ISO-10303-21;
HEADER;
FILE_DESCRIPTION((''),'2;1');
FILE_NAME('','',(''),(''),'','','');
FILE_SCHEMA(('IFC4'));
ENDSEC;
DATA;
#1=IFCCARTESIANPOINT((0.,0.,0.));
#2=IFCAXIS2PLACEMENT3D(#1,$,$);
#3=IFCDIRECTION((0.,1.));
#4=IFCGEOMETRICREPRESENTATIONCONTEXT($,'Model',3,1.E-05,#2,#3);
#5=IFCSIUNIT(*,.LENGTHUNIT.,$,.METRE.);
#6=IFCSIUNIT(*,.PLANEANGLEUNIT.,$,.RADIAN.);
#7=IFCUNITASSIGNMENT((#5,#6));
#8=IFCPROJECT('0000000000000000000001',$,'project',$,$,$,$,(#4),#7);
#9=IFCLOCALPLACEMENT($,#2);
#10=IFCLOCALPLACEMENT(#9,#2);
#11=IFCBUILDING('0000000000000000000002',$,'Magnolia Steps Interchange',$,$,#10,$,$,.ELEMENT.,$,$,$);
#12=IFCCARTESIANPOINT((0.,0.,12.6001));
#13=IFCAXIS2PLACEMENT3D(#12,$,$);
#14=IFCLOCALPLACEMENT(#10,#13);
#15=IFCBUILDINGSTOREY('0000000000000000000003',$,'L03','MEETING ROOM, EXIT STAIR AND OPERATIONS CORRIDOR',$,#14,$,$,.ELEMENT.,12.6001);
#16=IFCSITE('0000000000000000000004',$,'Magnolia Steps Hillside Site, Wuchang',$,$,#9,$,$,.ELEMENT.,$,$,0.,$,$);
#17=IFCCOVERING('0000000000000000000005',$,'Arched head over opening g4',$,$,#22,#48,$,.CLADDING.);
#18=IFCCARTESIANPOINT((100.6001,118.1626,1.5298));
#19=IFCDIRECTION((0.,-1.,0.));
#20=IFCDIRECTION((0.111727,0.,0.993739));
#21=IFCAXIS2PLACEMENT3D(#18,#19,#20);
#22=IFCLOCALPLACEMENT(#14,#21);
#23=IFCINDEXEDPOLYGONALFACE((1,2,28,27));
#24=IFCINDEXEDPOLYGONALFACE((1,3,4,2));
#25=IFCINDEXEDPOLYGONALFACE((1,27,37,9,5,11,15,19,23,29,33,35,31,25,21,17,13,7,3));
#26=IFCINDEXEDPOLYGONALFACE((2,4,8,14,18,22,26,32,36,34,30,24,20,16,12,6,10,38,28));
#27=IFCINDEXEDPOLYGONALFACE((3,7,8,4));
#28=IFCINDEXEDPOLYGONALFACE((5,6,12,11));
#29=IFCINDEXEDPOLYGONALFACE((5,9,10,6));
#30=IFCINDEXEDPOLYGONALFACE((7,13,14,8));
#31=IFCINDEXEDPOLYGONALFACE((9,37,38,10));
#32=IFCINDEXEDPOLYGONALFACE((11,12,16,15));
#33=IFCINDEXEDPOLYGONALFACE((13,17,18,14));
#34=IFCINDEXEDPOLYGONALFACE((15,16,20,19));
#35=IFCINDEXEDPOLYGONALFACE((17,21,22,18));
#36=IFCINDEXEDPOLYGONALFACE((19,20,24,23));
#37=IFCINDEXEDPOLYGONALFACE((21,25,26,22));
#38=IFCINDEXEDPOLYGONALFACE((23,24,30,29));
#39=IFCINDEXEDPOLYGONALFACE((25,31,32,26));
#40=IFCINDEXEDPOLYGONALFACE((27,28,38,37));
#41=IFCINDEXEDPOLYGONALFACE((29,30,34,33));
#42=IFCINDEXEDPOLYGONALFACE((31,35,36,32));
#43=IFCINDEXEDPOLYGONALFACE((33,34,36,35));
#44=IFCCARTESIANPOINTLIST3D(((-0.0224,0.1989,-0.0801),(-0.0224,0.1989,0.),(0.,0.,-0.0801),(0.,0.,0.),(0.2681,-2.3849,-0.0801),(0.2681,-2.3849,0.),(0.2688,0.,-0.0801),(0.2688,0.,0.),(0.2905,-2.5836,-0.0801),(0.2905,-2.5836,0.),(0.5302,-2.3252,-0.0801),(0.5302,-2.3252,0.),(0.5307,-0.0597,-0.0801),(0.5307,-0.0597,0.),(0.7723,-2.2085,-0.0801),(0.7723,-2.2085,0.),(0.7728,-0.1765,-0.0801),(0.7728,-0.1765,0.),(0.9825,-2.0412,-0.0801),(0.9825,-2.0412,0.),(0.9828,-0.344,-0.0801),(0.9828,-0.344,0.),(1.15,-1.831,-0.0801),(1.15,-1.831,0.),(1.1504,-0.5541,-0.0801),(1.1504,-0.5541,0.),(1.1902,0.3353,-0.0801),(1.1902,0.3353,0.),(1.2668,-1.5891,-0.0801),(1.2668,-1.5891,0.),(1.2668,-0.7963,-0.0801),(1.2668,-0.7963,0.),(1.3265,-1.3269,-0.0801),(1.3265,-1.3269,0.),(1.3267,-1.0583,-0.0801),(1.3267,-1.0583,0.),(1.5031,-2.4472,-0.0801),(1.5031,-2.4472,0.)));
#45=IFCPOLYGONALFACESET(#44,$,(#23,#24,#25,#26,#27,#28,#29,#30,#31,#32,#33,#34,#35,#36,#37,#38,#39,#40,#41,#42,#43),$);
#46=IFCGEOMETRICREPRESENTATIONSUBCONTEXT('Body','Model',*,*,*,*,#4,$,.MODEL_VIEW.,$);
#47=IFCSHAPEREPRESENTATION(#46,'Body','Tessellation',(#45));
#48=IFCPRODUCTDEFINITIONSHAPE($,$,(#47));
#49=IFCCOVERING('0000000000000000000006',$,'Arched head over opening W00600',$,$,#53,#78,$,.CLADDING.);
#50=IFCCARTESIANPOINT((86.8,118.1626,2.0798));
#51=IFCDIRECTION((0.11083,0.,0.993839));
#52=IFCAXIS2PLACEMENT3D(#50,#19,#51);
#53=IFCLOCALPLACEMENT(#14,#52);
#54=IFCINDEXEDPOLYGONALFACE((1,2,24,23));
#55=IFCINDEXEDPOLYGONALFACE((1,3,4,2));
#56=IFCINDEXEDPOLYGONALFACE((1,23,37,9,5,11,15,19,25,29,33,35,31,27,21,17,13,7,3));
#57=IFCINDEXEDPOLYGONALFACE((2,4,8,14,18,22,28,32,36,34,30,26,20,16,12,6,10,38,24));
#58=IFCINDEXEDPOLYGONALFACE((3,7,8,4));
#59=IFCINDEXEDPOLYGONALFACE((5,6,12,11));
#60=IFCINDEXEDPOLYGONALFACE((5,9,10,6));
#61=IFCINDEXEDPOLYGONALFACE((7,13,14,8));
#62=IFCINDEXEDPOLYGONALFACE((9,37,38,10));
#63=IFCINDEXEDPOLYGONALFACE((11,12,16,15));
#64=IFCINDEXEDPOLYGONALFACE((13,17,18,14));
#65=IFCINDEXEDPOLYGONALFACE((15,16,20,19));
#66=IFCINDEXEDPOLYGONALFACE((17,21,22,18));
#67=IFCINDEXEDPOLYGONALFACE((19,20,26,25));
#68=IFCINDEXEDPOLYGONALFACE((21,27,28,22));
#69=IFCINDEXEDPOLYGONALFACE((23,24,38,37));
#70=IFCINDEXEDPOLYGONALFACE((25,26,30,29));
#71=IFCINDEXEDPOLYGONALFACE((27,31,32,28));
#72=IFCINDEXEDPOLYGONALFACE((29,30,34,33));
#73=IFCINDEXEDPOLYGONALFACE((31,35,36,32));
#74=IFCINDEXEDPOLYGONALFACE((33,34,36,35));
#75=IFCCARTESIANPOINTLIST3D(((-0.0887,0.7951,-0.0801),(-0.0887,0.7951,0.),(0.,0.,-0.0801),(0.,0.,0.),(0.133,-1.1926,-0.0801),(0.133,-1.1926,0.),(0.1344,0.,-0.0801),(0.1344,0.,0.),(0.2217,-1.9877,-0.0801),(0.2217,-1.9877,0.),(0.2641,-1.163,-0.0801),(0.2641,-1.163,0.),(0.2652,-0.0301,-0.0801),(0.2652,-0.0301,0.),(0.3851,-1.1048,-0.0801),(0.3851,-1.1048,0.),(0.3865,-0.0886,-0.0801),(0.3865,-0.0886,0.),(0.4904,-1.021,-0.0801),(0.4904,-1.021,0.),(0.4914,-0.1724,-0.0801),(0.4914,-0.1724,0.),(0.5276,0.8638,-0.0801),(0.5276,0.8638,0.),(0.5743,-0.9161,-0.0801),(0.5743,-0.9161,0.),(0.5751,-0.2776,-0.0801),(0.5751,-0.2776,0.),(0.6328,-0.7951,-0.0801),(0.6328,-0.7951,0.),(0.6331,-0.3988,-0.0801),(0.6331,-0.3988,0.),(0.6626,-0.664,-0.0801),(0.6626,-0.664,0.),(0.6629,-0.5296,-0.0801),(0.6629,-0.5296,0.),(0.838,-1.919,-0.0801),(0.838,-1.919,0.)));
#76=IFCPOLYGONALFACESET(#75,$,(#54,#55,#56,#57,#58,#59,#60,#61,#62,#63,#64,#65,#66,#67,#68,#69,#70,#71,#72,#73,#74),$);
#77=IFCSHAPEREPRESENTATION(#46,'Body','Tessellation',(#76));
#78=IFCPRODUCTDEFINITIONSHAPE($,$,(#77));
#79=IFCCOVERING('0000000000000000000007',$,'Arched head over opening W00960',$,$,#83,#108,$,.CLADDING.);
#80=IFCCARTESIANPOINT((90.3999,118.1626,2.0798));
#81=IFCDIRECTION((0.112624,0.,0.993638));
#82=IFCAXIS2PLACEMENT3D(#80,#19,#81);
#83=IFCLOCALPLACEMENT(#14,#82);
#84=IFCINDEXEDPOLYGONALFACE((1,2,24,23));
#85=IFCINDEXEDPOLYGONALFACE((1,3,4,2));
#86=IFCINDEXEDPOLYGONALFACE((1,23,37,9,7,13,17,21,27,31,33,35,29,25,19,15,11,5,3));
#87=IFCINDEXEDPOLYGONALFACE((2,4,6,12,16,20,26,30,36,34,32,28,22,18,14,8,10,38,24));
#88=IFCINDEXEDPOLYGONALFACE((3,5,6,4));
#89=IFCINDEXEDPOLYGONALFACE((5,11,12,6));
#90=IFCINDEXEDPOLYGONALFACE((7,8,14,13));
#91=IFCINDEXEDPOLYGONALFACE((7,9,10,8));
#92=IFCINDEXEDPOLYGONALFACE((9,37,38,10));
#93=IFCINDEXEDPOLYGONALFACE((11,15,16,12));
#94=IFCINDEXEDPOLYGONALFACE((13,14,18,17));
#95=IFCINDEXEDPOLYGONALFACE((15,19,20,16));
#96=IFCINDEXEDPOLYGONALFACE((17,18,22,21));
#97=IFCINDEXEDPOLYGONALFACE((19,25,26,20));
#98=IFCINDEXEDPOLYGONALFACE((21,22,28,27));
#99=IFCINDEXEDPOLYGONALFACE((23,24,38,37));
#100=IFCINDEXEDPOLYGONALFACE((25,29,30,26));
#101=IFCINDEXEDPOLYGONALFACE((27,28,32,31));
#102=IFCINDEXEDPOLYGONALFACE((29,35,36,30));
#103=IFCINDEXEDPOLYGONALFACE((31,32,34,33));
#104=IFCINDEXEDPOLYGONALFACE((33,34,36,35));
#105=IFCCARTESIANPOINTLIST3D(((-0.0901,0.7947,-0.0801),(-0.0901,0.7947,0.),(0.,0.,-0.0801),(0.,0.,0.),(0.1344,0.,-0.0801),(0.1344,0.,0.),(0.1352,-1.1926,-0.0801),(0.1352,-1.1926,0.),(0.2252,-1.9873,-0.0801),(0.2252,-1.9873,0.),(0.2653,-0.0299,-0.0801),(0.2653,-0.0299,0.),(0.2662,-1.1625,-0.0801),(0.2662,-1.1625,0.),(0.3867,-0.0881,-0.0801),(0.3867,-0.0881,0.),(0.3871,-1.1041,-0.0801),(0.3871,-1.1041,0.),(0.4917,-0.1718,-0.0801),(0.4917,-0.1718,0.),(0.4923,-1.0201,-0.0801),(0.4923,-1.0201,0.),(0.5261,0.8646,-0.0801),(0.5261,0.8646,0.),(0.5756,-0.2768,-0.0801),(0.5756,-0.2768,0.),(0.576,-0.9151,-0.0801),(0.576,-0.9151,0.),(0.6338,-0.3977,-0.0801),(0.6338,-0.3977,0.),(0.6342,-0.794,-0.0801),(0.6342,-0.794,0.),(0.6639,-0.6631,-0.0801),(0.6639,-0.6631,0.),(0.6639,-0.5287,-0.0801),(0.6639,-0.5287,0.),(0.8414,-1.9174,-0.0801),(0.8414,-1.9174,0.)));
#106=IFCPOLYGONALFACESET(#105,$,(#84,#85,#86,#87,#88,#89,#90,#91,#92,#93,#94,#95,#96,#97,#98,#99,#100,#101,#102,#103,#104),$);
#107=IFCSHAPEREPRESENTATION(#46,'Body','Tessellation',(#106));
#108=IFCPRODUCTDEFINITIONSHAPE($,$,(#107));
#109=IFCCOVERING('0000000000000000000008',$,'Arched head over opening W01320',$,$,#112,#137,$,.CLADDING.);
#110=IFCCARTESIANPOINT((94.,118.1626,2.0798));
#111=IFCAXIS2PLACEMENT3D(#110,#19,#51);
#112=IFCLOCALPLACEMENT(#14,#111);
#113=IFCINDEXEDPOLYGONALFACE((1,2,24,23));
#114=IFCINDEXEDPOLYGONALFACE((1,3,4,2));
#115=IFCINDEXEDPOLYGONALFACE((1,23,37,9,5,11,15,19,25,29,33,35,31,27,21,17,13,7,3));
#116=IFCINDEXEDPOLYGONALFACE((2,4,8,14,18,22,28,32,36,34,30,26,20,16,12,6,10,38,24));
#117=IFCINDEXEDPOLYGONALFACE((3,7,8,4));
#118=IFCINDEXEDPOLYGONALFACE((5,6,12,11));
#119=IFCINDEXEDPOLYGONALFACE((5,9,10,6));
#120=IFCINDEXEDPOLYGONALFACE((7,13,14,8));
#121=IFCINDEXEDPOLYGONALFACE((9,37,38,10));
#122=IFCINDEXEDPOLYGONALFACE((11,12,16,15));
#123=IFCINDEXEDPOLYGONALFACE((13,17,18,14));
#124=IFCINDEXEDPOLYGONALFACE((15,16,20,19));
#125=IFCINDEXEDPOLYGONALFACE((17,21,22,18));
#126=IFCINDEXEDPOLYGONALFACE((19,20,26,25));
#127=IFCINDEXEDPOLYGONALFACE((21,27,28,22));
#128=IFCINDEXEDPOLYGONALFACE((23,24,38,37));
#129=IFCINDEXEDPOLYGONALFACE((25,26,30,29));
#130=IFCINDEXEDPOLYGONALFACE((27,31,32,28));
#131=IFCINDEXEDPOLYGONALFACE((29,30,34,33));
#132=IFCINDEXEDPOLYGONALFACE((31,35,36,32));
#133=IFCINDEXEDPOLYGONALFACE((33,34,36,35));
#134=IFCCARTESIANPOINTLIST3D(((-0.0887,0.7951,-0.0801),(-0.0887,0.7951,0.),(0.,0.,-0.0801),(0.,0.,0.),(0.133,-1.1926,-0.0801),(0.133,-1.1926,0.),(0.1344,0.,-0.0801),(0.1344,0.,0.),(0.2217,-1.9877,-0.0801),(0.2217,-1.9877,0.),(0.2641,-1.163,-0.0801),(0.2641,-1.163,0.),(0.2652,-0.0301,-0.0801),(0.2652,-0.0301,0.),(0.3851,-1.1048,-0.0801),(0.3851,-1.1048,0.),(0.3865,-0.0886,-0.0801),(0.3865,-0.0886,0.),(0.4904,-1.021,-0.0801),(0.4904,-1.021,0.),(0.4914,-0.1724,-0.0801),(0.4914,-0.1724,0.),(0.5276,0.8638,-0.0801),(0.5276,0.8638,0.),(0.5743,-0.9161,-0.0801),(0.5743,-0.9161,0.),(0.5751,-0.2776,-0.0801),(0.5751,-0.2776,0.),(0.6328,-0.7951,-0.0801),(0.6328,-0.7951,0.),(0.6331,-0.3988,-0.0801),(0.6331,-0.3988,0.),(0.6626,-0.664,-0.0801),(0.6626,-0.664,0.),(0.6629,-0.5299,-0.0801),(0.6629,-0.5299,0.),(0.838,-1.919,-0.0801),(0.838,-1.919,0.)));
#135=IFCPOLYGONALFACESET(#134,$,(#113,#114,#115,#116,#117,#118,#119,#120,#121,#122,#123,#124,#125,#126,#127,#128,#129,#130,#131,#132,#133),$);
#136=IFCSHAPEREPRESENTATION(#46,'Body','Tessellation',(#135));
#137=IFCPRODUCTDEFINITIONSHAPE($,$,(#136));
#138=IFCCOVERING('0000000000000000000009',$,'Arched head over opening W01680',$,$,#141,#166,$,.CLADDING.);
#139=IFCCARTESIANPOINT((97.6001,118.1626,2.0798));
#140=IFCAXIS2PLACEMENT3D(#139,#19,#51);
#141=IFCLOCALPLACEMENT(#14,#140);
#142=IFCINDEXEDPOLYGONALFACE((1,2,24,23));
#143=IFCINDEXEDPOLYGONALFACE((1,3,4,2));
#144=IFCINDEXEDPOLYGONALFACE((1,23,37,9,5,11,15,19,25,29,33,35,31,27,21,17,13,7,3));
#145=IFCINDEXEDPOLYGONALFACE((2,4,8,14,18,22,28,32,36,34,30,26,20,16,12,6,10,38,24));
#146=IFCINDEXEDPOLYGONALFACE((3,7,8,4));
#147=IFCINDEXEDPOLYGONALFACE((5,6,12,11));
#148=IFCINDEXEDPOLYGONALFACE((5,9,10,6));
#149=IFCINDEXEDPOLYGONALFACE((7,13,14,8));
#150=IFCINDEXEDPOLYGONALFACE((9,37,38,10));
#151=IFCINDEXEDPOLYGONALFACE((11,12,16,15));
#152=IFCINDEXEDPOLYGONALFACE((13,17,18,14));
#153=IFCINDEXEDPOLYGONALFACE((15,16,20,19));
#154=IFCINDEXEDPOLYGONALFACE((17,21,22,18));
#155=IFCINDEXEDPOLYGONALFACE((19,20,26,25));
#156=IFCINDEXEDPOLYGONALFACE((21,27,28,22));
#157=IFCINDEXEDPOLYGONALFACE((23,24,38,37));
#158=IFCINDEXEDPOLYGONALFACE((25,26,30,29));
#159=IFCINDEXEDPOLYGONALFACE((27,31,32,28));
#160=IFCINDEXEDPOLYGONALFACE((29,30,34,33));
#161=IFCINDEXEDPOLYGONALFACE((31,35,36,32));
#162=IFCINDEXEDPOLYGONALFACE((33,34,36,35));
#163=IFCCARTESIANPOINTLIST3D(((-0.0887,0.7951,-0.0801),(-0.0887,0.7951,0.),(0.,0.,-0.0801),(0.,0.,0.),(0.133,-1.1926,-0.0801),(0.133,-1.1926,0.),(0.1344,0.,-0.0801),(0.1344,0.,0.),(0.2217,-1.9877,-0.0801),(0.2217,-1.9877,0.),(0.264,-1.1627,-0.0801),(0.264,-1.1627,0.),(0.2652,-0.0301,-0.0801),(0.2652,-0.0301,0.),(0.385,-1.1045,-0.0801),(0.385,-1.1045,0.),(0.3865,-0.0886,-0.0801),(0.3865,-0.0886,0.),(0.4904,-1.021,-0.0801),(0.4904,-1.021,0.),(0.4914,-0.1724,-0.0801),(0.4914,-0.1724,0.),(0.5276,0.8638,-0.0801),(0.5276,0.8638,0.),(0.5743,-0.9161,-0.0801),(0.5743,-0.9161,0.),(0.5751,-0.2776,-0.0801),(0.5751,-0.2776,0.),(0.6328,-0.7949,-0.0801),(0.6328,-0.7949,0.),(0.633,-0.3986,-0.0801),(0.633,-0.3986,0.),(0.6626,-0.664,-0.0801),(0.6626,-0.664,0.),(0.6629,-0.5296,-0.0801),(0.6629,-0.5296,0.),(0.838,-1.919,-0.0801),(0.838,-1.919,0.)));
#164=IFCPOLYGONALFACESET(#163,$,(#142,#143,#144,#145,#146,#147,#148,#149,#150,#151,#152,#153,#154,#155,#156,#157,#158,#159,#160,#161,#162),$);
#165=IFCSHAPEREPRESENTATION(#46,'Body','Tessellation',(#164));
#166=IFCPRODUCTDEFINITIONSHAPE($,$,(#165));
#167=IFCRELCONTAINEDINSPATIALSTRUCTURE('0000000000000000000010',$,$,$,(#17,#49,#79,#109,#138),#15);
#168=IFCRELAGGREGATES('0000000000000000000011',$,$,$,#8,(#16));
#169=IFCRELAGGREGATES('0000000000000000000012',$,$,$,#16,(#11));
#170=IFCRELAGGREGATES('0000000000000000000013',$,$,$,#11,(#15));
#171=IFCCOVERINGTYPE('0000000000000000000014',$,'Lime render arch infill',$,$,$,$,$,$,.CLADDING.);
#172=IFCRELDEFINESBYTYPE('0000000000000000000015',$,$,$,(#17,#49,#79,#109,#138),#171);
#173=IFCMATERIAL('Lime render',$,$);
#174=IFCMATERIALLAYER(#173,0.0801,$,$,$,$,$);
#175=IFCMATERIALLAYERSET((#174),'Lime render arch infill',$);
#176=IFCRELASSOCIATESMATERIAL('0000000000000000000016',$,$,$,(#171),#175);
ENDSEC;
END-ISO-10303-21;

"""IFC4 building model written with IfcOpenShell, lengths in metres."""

from ifc_helpers import new_model, si_unit, direction, frame, origin, place, context, subcontext, project, spatial, polyline, outline, extrude, material, layer, layer_set, type_object, element, save


model = new_model("IFC4")

# Units and contexts
model_context = context("Model", 3, precision=1e-05, world=origin(), true_north=direction((0.0, 1.0)))
body_context = subcontext(model_context, "Body", "Model", "MODEL_VIEW")
ifc_project = project(units=[si_unit("LENGTHUNIT", "METRE"), si_unit("PLANEANGLEUNIT", "RADIAN")], contexts=[model_context])

# Site, building, storey
site_placement = place(None, origin())
site = spatial("IfcSite", under=ifc_project, at=site_placement, Name="Magnolia Steps Hillside Site, Wuchang", CompositionType="ELEMENT", RefElevation=0.0)
building_placement = place(site_placement, origin())
building = spatial("IfcBuilding", under=site, at=building_placement, Name="Magnolia Steps Interchange", CompositionType="ELEMENT")
storey_placement = place(building_placement, frame((0.0, 0.0, 12.6001)))
storey = spatial("IfcBuildingStorey", under=building, at=storey_placement, Name="L03", Description="MEETING ROOM, EXIT STAIR AND OPERATIONS CORRIDOR", CompositionType="ELEMENT", Elevation=12.6001)

# Coverings
ifc_material_1 = material(Name="Lime render")
ifc_layer_1 = layer(ifc_material_1, 0.0801)
ifc_layer_set_1 = layer_set([ifc_layer_1], Name="Lime render arch infill")
covering_type_1 = type_object("IfcCoveringType", Name="Lime render arch infill", PredefinedType="CLADDING", material=ifc_layer_set_1)
covering_1_placement = place(storey_placement, frame((100.6001, 118.1626, 1.5298), z_axis=(0.0, -1.0, 0.0), x_axis=(0.111727, 0.0, 0.993739)))
element("IfcCovering", 1, at=covering_1_placement, inside=storey, type_object=covering_type_1, Name="Arched head over opening g4", PredefinedType="CLADDING", context=body_context, shape_type="SweptSolid", body=[
    extrude(outline(polyline([(0.0, 0.0), (0.2688, 0.0), (0.5307, -0.0597), (0.7728, -0.1765), (0.9828, -0.344), (1.1504, -0.5541), (1.2668, -0.7963), (1.3267, -1.0583), (1.3265, -1.3269), (1.2668, -1.5891), (1.15, -1.831), (0.9825, -2.0412), (0.7723, -2.2085), (0.5302, -2.3252), (0.2681, -2.3849), (0.2905, -2.5836), (1.5031, -2.4472), (1.1902, 0.3353), (-0.0224, 0.1989), (0.0, 0.0)])), origin(), (0.0, 0.0, -1.0), 0.0801),
])
covering_2_placement = place(storey_placement, frame((86.8, 118.1626, 2.0798), z_axis=(0.0, -1.0, 0.0), x_axis=(0.11083, 0.0, 0.993839)))
element("IfcCovering", 2, at=covering_2_placement, inside=storey, type_object=covering_type_1, Name="Arched head over opening W00600", PredefinedType="CLADDING", context=body_context, shape_type="SweptSolid", body=[
    extrude(outline(polyline([(0.0, 0.0), (0.1344, 0.0), (0.2652, -0.0301), (0.3865, -0.0886), (0.4914, -0.1724), (0.5751, -0.2776), (0.6331, -0.3988), (0.6629, -0.5296), (0.6626, -0.664), (0.6328, -0.7951), (0.5743, -0.9161), (0.4904, -1.021), (0.3851, -1.1048), (0.2641, -1.163), (0.133, -1.1926), (0.2217, -1.9877), (0.838, -1.919), (0.5276, 0.8638), (-0.0887, 0.7951), (0.0, 0.0)])), origin(), (0.0, 0.0, -1.0), 0.0801),
])
covering_3_placement = place(storey_placement, frame((90.3999, 118.1626, 2.0798), z_axis=(0.0, -1.0, 0.0), x_axis=(0.112624, 0.0, 0.993638)))
element("IfcCovering", 3, at=covering_3_placement, inside=storey, type_object=covering_type_1, Name="Arched head over opening W00960", PredefinedType="CLADDING", context=body_context, shape_type="SweptSolid", body=[
    extrude(outline(polyline([(0.0, 0.0), (0.1344, 0.0), (0.2653, -0.0299), (0.3867, -0.0881), (0.4917, -0.1718), (0.5756, -0.2768), (0.6338, -0.3977), (0.6639, -0.5287), (0.6639, -0.6631), (0.6342, -0.794), (0.576, -0.9151), (0.4923, -1.0201), (0.3871, -1.1041), (0.2662, -1.1625), (0.1352, -1.1926), (0.2252, -1.9873), (0.8414, -1.9174), (0.5261, 0.8646), (-0.0901, 0.7947), (0.0, 0.0)])), origin(), (0.0, 0.0, -1.0), 0.0801),
])
covering_4_placement = place(storey_placement, frame((94.0, 118.1626, 2.0798), z_axis=(0.0, -1.0, 0.0), x_axis=(0.11083, 0.0, 0.993839)))
element("IfcCovering", 4, at=covering_4_placement, inside=storey, type_object=covering_type_1, Name="Arched head over opening W01320", PredefinedType="CLADDING", context=body_context, shape_type="SweptSolid", body=[
    extrude(outline(polyline([(0.0, 0.0), (0.1344, 0.0), (0.2652, -0.0301), (0.3865, -0.0886), (0.4914, -0.1724), (0.5751, -0.2776), (0.6331, -0.3988), (0.6629, -0.5299), (0.6626, -0.664), (0.6328, -0.7951), (0.5743, -0.9161), (0.4904, -1.021), (0.3851, -1.1048), (0.2641, -1.163), (0.133, -1.1926), (0.2217, -1.9877), (0.838, -1.919), (0.5276, 0.8638), (-0.0887, 0.7951), (0.0, 0.0)])), origin(), (0.0, 0.0, -1.0), 0.0801),
])
covering_5_placement = place(storey_placement, frame((97.6001, 118.1626, 2.0798), z_axis=(0.0, -1.0, 0.0), x_axis=(0.11083, 0.0, 0.993839)))
element("IfcCovering", 5, at=covering_5_placement, inside=storey, type_object=covering_type_1, Name="Arched head over opening W01680", PredefinedType="CLADDING", context=body_context, shape_type="SweptSolid", body=[
    extrude(outline(polyline([(0.0, 0.0), (0.1344, 0.0), (0.2652, -0.0301), (0.3865, -0.0886), (0.4914, -0.1724), (0.5751, -0.2776), (0.633, -0.3986), (0.6629, -0.5296), (0.6626, -0.664), (0.6328, -0.7949), (0.5743, -0.9161), (0.4904, -1.021), (0.385, -1.1045), (0.264, -1.1627), (0.133, -1.1926), (0.2217, -1.9877), (0.838, -1.919), (0.5276, 0.8638), (-0.0887, 0.7951), (0.0, 0.0)])), origin(), (0.0, 0.0, -1.0), 0.0801),
])

save(model, "model.ifc")
